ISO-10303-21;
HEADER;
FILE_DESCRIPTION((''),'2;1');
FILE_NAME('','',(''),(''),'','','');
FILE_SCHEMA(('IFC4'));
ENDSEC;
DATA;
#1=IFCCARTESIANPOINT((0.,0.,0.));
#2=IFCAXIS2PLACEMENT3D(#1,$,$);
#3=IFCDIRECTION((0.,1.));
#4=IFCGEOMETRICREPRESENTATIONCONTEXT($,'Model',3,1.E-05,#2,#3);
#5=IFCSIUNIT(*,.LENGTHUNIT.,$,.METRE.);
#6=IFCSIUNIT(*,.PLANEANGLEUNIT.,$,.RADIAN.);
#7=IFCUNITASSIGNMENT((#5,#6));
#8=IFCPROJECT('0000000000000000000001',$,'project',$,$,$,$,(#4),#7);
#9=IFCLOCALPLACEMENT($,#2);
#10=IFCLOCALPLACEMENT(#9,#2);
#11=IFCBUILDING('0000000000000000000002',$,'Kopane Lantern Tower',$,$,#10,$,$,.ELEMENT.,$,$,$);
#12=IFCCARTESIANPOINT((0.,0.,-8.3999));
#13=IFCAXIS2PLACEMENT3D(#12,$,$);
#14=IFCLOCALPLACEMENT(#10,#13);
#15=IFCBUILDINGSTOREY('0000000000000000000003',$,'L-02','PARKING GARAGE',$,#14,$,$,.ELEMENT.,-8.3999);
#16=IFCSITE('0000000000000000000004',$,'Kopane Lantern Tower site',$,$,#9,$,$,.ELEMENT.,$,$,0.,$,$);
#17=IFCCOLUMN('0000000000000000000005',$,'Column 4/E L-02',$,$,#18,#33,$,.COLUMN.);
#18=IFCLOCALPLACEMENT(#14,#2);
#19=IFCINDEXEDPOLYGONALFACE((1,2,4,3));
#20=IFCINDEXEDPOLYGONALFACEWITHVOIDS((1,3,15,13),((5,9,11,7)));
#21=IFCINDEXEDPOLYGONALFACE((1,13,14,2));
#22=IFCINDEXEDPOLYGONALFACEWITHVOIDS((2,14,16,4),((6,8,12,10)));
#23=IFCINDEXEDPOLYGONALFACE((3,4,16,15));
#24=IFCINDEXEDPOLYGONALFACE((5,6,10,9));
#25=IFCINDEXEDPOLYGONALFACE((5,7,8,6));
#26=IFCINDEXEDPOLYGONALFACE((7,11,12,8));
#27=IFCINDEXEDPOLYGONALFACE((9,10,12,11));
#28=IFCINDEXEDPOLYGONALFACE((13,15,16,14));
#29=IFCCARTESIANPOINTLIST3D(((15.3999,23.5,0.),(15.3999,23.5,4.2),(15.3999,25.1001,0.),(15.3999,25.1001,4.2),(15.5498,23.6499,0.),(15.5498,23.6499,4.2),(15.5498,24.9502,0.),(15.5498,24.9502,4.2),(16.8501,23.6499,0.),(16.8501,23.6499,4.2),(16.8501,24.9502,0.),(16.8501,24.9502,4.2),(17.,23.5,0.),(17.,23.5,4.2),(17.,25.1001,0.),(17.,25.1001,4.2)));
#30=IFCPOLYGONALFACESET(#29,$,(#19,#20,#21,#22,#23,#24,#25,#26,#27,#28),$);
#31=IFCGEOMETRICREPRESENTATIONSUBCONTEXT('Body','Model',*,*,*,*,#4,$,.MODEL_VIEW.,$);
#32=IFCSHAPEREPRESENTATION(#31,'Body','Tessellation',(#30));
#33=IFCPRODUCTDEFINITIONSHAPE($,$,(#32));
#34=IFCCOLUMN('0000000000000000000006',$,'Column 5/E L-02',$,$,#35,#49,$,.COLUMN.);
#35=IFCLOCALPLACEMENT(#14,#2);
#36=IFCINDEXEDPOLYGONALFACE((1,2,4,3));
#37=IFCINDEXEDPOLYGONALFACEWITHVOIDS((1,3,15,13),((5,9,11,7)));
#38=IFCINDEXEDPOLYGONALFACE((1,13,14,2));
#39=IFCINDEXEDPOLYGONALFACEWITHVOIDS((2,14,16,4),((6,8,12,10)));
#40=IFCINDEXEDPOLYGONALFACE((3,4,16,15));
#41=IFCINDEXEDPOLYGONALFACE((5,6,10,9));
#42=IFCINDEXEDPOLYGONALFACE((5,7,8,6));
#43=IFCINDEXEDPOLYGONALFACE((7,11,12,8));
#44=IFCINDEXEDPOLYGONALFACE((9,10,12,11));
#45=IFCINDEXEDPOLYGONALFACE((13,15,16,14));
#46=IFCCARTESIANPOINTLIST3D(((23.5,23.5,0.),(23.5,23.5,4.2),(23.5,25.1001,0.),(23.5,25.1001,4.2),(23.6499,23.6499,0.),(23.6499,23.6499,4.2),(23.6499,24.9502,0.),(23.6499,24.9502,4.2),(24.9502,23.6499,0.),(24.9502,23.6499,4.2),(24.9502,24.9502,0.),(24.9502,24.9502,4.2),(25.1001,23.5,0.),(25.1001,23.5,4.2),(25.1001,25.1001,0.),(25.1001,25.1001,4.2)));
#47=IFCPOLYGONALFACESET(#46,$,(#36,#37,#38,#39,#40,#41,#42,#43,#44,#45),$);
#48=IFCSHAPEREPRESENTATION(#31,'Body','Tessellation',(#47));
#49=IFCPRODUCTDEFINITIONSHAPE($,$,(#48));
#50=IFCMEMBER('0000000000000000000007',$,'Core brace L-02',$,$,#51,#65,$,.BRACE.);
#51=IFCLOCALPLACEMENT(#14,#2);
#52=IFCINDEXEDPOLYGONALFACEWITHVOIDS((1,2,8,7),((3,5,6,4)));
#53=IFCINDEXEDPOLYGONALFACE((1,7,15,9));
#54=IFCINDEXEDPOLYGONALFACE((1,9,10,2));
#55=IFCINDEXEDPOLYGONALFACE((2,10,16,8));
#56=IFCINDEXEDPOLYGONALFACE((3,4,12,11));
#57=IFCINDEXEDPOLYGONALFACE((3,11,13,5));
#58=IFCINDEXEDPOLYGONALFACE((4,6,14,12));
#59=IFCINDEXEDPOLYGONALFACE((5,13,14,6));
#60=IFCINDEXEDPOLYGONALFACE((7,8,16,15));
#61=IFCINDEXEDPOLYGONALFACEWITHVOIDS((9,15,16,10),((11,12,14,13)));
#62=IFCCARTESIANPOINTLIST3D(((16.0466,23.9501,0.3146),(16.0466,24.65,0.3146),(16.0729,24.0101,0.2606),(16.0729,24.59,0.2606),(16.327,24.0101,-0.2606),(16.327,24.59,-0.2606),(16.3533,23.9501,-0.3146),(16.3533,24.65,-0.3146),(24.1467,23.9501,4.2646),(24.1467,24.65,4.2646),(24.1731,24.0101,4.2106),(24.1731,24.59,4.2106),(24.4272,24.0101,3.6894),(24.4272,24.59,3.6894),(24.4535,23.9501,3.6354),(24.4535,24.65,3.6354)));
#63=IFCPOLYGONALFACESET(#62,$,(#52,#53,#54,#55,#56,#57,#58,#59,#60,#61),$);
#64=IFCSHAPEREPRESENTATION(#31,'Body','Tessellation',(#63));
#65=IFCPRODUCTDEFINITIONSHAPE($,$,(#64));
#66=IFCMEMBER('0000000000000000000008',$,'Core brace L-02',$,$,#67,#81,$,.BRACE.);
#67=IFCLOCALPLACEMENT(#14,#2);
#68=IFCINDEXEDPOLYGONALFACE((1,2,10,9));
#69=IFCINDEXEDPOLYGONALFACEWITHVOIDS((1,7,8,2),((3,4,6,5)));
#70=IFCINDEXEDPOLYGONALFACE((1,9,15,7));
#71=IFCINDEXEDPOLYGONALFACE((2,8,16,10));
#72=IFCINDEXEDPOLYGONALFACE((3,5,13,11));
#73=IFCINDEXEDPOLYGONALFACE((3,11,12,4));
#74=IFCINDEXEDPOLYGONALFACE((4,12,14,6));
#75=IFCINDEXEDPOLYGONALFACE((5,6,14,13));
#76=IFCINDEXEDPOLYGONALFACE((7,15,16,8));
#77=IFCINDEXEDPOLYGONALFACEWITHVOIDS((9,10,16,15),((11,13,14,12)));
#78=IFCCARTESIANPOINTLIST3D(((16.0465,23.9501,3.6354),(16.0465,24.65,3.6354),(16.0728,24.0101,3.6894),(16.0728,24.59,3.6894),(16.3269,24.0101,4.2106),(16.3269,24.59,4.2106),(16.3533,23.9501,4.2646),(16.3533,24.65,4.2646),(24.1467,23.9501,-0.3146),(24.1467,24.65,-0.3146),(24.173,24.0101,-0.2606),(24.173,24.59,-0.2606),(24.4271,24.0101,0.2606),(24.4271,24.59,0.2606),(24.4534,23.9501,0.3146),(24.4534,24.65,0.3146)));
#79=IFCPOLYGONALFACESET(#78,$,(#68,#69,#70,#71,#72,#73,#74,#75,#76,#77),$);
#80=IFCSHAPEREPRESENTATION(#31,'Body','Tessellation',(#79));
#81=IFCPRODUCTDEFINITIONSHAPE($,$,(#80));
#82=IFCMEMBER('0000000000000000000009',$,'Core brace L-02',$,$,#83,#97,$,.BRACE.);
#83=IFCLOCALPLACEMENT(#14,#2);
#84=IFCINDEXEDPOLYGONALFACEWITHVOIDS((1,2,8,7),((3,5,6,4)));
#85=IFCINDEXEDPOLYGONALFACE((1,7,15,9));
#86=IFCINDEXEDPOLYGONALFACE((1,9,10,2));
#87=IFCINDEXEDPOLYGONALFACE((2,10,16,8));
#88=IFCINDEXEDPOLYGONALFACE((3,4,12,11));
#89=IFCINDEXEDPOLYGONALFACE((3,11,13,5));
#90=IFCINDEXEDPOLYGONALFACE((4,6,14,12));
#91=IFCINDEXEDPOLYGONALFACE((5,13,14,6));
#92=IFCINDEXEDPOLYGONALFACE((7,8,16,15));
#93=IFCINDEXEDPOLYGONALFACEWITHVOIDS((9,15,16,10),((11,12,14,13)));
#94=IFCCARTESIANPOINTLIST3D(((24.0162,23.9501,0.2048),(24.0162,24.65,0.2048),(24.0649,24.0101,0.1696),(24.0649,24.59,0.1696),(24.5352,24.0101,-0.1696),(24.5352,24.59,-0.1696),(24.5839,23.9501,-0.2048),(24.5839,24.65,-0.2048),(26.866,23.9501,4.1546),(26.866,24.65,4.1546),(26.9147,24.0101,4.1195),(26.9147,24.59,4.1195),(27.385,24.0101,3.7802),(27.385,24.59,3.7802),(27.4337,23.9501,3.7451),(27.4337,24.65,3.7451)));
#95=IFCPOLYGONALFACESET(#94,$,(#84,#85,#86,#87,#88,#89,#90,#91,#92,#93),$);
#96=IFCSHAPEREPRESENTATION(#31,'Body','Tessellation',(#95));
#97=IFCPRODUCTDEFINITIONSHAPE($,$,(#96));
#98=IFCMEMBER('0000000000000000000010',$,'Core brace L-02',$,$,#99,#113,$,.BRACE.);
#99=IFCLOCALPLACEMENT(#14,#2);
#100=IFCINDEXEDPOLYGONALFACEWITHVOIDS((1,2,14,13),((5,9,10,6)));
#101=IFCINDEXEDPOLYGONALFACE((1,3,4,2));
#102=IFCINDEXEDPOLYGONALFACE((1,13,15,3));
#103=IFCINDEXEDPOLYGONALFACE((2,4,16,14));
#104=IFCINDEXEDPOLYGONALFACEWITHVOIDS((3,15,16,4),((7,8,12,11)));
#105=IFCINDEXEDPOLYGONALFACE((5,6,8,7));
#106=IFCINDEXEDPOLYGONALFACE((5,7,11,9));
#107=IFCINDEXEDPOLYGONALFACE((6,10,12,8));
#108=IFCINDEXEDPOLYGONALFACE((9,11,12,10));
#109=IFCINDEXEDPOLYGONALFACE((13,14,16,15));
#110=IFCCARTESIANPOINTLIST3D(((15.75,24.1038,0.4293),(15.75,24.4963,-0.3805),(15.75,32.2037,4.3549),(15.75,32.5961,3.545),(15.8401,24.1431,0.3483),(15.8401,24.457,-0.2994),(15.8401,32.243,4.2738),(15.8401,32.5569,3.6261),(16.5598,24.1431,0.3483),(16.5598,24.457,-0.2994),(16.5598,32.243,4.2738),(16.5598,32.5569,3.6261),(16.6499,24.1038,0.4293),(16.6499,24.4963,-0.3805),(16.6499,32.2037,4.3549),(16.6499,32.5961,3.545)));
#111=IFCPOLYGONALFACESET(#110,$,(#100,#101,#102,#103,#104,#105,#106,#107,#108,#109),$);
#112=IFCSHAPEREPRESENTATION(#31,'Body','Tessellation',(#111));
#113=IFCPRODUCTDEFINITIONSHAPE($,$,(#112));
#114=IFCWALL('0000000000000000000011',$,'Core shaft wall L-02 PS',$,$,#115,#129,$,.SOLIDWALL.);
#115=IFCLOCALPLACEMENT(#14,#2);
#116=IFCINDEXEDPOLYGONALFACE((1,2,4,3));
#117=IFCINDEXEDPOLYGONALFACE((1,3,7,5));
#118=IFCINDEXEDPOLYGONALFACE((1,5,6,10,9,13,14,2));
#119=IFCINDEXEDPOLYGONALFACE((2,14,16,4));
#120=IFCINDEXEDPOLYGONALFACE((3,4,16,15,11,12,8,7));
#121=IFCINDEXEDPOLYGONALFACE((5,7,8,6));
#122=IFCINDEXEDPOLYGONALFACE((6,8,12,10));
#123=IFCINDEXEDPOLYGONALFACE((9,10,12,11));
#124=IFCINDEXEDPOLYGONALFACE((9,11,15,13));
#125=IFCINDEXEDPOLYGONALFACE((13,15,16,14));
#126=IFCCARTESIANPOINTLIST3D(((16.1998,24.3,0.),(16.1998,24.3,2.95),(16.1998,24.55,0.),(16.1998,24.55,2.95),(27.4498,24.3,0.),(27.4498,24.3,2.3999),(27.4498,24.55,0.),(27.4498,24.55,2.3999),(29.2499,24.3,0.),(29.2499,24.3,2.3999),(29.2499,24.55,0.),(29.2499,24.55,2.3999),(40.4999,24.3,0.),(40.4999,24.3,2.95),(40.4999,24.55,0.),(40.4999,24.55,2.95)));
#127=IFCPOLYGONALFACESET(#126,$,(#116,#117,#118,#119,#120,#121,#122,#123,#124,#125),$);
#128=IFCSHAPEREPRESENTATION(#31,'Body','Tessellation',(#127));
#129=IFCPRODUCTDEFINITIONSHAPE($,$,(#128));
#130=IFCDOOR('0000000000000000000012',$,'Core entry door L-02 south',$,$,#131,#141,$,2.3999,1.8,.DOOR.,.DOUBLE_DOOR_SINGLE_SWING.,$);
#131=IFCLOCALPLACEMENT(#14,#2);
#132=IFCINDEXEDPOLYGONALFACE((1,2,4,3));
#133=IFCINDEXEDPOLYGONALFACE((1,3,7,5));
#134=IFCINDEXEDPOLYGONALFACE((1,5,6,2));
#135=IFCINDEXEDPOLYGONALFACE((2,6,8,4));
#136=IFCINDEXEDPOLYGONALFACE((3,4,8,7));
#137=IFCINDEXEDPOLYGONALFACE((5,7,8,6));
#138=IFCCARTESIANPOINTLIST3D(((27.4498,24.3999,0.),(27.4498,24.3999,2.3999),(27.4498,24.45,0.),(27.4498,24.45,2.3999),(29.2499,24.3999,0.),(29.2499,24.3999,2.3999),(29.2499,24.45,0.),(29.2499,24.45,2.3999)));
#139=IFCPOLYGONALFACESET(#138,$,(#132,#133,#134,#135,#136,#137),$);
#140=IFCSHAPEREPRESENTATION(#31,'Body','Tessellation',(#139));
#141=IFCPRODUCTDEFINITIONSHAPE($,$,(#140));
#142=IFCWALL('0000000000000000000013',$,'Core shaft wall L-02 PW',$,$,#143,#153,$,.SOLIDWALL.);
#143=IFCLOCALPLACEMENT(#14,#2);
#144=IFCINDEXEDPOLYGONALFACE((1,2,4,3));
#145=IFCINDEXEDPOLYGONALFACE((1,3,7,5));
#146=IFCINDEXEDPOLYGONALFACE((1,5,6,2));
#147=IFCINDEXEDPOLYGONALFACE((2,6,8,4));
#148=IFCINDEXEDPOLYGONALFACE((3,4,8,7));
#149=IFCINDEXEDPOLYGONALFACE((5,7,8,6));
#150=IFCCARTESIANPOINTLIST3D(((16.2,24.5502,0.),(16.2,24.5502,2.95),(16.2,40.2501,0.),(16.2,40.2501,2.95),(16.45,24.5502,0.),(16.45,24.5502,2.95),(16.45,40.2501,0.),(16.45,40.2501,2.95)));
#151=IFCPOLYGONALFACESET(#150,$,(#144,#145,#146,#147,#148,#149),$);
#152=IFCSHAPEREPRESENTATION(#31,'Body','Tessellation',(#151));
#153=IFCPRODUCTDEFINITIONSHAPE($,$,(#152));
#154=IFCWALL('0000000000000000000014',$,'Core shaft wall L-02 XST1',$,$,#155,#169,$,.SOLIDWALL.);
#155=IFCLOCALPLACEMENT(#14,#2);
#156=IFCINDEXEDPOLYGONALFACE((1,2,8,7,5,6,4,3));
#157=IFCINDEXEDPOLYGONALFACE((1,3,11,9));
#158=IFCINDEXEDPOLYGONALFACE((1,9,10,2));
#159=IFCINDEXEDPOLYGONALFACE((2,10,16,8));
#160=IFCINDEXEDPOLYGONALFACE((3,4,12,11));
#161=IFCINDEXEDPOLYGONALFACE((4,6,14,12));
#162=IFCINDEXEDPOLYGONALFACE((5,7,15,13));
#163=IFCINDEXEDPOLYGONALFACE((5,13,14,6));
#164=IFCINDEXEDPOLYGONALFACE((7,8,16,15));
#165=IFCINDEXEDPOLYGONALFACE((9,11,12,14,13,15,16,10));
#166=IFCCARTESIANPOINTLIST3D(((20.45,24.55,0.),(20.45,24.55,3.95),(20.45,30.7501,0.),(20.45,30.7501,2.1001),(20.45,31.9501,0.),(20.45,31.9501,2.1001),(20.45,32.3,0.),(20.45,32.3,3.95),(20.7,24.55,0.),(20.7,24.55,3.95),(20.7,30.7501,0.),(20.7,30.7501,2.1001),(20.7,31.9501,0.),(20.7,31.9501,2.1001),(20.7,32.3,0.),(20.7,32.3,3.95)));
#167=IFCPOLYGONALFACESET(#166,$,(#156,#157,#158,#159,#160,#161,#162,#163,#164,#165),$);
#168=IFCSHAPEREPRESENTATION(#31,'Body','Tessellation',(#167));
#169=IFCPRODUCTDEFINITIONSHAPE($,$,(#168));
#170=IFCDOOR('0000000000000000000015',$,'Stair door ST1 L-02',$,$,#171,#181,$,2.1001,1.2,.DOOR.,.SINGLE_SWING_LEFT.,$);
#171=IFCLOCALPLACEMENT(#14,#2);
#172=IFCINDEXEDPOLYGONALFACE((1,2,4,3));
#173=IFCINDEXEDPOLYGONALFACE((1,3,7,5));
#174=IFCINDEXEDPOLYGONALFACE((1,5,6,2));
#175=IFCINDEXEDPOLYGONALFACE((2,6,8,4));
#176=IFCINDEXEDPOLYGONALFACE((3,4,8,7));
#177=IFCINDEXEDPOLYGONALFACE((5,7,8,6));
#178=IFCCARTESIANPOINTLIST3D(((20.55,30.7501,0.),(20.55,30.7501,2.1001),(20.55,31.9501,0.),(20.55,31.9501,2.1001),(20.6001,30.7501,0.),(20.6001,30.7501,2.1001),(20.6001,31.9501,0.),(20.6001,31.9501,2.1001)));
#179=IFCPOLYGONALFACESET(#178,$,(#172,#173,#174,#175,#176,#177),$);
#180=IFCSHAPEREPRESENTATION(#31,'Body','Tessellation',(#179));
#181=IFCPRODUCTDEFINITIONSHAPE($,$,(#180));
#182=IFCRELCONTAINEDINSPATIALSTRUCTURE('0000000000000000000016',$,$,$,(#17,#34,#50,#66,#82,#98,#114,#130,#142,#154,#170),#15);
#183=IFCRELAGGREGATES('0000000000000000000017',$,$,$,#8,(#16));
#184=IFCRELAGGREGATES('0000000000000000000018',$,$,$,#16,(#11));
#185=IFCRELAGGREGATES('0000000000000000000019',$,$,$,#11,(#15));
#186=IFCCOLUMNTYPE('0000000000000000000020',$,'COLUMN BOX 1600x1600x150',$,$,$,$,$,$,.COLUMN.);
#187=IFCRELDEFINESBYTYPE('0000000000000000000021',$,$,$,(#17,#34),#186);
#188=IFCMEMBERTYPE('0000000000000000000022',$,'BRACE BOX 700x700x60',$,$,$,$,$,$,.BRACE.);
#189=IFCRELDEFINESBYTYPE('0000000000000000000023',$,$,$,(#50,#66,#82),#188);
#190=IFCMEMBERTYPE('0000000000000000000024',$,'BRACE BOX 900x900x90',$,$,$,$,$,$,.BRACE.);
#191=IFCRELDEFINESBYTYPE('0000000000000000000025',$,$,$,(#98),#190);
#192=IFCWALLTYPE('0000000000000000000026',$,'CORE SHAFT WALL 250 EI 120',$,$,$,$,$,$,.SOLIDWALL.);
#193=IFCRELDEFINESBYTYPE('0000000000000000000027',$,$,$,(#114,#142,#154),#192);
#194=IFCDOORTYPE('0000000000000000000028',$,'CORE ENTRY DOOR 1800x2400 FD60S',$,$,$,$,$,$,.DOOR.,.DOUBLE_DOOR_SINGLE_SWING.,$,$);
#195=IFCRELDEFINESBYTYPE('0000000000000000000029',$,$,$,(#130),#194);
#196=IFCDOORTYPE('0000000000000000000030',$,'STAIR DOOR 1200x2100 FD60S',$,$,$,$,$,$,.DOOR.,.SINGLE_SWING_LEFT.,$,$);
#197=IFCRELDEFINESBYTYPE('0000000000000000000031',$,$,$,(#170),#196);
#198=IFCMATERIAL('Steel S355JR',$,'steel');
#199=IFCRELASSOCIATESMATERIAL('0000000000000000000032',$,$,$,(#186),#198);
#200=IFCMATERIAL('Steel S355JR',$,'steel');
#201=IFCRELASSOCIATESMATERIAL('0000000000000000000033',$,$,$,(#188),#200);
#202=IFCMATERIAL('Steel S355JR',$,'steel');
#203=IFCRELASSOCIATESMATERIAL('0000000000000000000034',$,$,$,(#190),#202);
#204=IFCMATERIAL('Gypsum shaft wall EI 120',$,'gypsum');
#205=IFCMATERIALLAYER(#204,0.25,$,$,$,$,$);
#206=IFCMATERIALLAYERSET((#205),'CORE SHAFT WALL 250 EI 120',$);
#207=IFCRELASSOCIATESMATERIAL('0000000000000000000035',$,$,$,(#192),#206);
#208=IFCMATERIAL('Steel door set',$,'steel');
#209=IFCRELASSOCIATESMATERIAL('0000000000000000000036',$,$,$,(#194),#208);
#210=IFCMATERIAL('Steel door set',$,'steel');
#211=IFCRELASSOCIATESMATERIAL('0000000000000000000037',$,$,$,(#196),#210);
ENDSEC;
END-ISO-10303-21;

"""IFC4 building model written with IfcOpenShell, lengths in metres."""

from ifc_helpers import new_model, si_unit, direction, frame, frame_2d, origin, origin_2d, place, context, subcontext, project, spatial, rectangle, hollow_rectangle, extrude, material, layer, layer_set, material_profile, profile_set, type_object, element, fill, save


model = new_model("IFC4")

# Units and contexts
model_context = context("Model", 3, precision=1e-05, world=origin(), true_north=direction((0.0, 1.0)))
body_context = subcontext(model_context, "Body", "Model", "MODEL_VIEW")
ifc_project = project(units=[si_unit("LENGTHUNIT", "METRE"), si_unit("PLANEANGLEUNIT", "RADIAN")], contexts=[model_context])

# Site, building, storey
site_placement = place(None, origin())
site = spatial("IfcSite", under=ifc_project, at=site_placement, Name="Kopane Lantern Tower site", CompositionType="ELEMENT", RefElevation=0.0)
building_placement = place(site_placement, origin())
building = spatial("IfcBuilding", under=site, at=building_placement, Name="Kopane Lantern Tower", CompositionType="ELEMENT")
storey_placement = place(building_placement, frame((0.0, 0.0, -8.3999)))
storey = spatial("IfcBuildingStorey", under=building, at=storey_placement, Name="L-02", Description="PARKING GARAGE", CompositionType="ELEMENT", Elevation=-8.3999)

# Columns
ifc_material_1 = material(Name="Steel S355JR", Category="steel")
ifc_material_profile_1 = material_profile(ifc_material_1, hollow_rectangle(XDim=1.6001, YDim=1.6001, WallThickness=0.1499, at=origin_2d()), Name="BOX 1600x1600x150")
ifc_profile_set_1 = profile_set([ifc_material_profile_1], Name="Steel S355JR")
column_type = type_object("IfcColumnType", Name="COLUMN BOX 1600x1600x150", PredefinedType="COLUMN", material=ifc_profile_set_1)
for number, where, z_axis, x_axis, name in (
    (1, (16.2, 24.3, 0.0), (0.0, 0.0, 1.0), (1.0, 0.0, 0.0), "Column 4/E L-02"),
    (2, (24.3, 24.3, 0.0), (0.0, 0.0, 1.0), (1.0, 0.0, 0.0), "Column 5/E L-02"),
):
    element("IfcColumn", number, at=place(storey_placement, frame(where, z_axis=z_axis, x_axis=x_axis)), inside=storey, type_object=column_type, Name=name, PredefinedType="COLUMN", context=body_context, shape_type="SweptSolid", body=[
        extrude(hollow_rectangle(XDim=1.6001, YDim=1.6001, WallThickness=0.1499, at=origin_2d()), origin(), (0.0, 0.0, 1.0), 4.2),
    ])

# Members
ifc_material_2 = material(Name="Steel S355JR", Category="steel")
ifc_material_profile_2 = material_profile(ifc_material_2, hollow_rectangle(XDim=0.7, YDim=0.7, WallThickness=0.0601, at=origin_2d()), Name="BOX 700x700x60")
ifc_profile_set_2 = profile_set([ifc_material_profile_2], Name="Steel S355JR")
member_type_1 = type_object("IfcMemberType", Name="BRACE BOX 700x700x60", PredefinedType="BRACE", material=ifc_profile_set_2)
for number, where, z_axis, x_axis, name in (
    (3, (16.2, 24.3, 0.0), (0.898826, 0.0, 0.438306), (0.0, 1.0, 0.0), "Core brace L-02"),
    (4, (24.3, 24.3, 0.0), (-0.898826, 0.0, 0.438306), (0.0, -1.0, 0.0), "Core brace L-02"),
):
    element("IfcMember", number, at=place(storey_placement, frame(where, z_axis=z_axis, x_axis=x_axis)), inside=storey, type_object=member_type_1, Name=name, PredefinedType="BRACE", context=body_context, shape_type="SweptSolid", body=[
        extrude(hollow_rectangle(XDim=0.7, YDim=0.7, WallThickness=0.0601, at=origin_2d()), origin(), (0.0, 0.0, 1.0), 9.012),
    ])
member_1_placement = place(storey_placement, frame((24.3, 24.3, 0.0), z_axis=(0.585101, 0.0, 0.810961), x_axis=(0.0, 1.0, 0.0)))
element("IfcMember", 5, at=member_1_placement, inside=storey, type_object=member_type_1, Name="Core brace L-02", PredefinedType="BRACE", context=body_context, shape_type="SweptSolid", body=[
    extrude(hollow_rectangle(XDim=0.7, YDim=0.7, WallThickness=0.0601, at=origin_2d()), origin(), (0.0, 0.0, 1.0), 4.8706),
])
ifc_material_3 = material(Name="Steel S355JR", Category="steel")
ifc_material_profile_3 = material_profile(ifc_material_3, hollow_rectangle(XDim=0.8999, YDim=0.8999, WallThickness=0.0901, at=origin_2d()), Name="BOX 900x900x90")
ifc_profile_set_3 = profile_set([ifc_material_profile_3], Name="Steel S355JR")
member_type_2 = type_object("IfcMemberType", Name="BRACE BOX 900x900x90", PredefinedType="BRACE", material=ifc_profile_set_3)
member_2_placement = place(storey_placement, frame((16.2, 24.3, 0.0244), z_axis=(0.0, 0.899887, 0.436124), x_axis=(-1.0, 0.0, 0.0)))
element("IfcMember", 6, at=member_2_placement, inside=storey, type_object=member_type_2, Name="Core brace L-02", PredefinedType="BRACE", context=body_context, shape_type="SweptSolid", body=[
    extrude(hollow_rectangle(XDim=0.8999, YDim=0.8999, WallThickness=0.0901, at=origin_2d()), origin(), (0.0, 0.0, 1.0), 9.001),
])

# Wall, opening, door
ifc_material_4 = material(Name="Gypsum shaft wall EI 120", Category="gypsum")
ifc_layer_1 = layer(ifc_material_4, 0.25)
ifc_layer_set_1 = layer_set([ifc_layer_1], Name="CORE SHAFT WALL 250 EI 120")
wall_type_1 = type_object("IfcWallType", Name="CORE SHAFT WALL 250 EI 120", PredefinedType="SOLIDWALL", material=ifc_layer_set_1)
wall_1_placement = place(storey_placement, frame((16.2, 24.425, 0.0), z_axis=(0.0, 0.0, 1.0), x_axis=(1.0, 0.0, 0.0)))
wall_1 = element("IfcWall", 7, at=wall_1_placement, inside=storey, type_object=wall_type_1, Name="Core shaft wall L-02 PS", PredefinedType="SOLIDWALL", context=body_context, shape_type="SweptSolid", body=[
    extrude(rectangle(XDim=24.3, YDim=0.25, at=frame_2d((12.1499, 0.0))), origin(), (0.0, 0.0, 1.0), 2.95),
])
opening_1_placement = place(wall_1_placement, frame((11.25, 0.0, 0.0)))
opening_1 = element("IfcOpeningElement", 8, at=opening_1_placement, cuts=wall_1, PredefinedType="OPENING", context=body_context, shape_type="SweptSolid", body=[
    extrude(rectangle(XDim=1.8, YDim=2.3999, at=frame_2d((0.8999, 1.2))), frame((0.0, 0.135, 0.0), z_axis=(0.0, -1.0, 0.0), x_axis=(1.0, 0.0, 0.0)), (0.0, 0.0, 1.0), 0.27),
])
ifc_material_5 = material(Name="Steel door set", Category="steel")
door_type_1 = type_object("IfcDoorType", Name="CORE ENTRY DOOR 1800x2400 FD60S", OperationType="DOUBLE_DOOR_SINGLE_SWING", PredefinedType="DOOR", material=ifc_material_5)
door_1_placement = place(opening_1_placement, origin())
door_1 = element("IfcDoor", 9, at=door_1_placement, inside=storey, type_object=door_type_1, Name="Core entry door L-02 south", OperationType="DOUBLE_DOOR_SINGLE_SWING", OverallHeight=2.3999, OverallWidth=1.8, PredefinedType="DOOR", context=body_context, shape_type="SweptSolid", body=[
    extrude(rectangle(XDim=1.8, YDim=2.3999, at=frame_2d((0.8999, 1.2))), frame((0.0, 0.0249, 0.0), z_axis=(0.0, -1.0, 0.0), x_axis=(1.0, 0.0, 0.0)), (0.0, 0.0, 1.0), 0.05),
])
fill(opening_1, door_1)

# Wall
wall_2_placement = place(storey_placement, frame((16.325, 24.55, 0.0), z_axis=(0.0, 0.0, 1.0), x_axis=(0.0, 1.0, 0.0)))
element("IfcWall", 10, at=wall_2_placement, inside=storey, type_object=wall_type_1, Name="Core shaft wall L-02 PW", PredefinedType="SOLIDWALL", context=body_context, shape_type="SweptSolid", body=[
    extrude(rectangle(XDim=15.7, YDim=0.25, at=frame_2d((7.8501, 0.0))), origin(), (0.0, 0.0, 1.0), 2.95),
])

# Wall, opening, door
wall_3_placement = place(storey_placement, frame((20.575, 24.55, 0.0), z_axis=(0.0, 0.0, 1.0), x_axis=(0.0, 1.0, 0.0)))
wall_3 = element("IfcWall", 11, at=wall_3_placement, inside=storey, type_object=wall_type_1, Name="Core shaft wall L-02 XST1", PredefinedType="SOLIDWALL", context=body_context, shape_type="SweptSolid", body=[
    extrude(rectangle(XDim=7.75, YDim=0.25, at=frame_2d((3.875, 0.0))), origin(), (0.0, 0.0, 1.0), 3.95),
])
opening_2_placement = place(wall_3_placement, frame((6.2, 0.0, 0.0)))
opening_2 = element("IfcOpeningElement", 12, at=opening_2_placement, cuts=wall_3, PredefinedType="OPENING", context=body_context, shape_type="SweptSolid", body=[
    extrude(rectangle(XDim=1.2, YDim=2.1001, at=frame_2d((0.6001, 1.05))), frame((0.0, 0.135, 0.0), z_axis=(0.0, -1.0, 0.0), x_axis=(1.0, 0.0, 0.0)), (0.0, 0.0, 1.0), 0.27),
])
ifc_material_6 = material(Name="Steel door set", Category="steel")
door_type_2 = type_object("IfcDoorType", Name="STAIR DOOR 1200x2100 FD60S", OperationType="SINGLE_SWING_LEFT", PredefinedType="DOOR", material=ifc_material_6)
door_2_placement = place(opening_2_placement, origin())
door_2 = element("IfcDoor", 13, at=door_2_placement, inside=storey, type_object=door_type_2, Name="Stair door ST1 L-02", OperationType="SINGLE_SWING_LEFT", OverallHeight=2.1001, OverallWidth=1.2, PredefinedType="DOOR", context=body_context, shape_type="SweptSolid", body=[
    extrude(rectangle(XDim=1.2, YDim=2.1001, at=frame_2d((0.6001, 1.05))), frame((0.0, 0.0249, 0.0), z_axis=(0.0, -1.0, 0.0), x_axis=(1.0, 0.0, 0.0)), (0.0, 0.0, 1.0), 0.05),
])
fill(opening_2, door_2)

save(model, "model.ifc")
